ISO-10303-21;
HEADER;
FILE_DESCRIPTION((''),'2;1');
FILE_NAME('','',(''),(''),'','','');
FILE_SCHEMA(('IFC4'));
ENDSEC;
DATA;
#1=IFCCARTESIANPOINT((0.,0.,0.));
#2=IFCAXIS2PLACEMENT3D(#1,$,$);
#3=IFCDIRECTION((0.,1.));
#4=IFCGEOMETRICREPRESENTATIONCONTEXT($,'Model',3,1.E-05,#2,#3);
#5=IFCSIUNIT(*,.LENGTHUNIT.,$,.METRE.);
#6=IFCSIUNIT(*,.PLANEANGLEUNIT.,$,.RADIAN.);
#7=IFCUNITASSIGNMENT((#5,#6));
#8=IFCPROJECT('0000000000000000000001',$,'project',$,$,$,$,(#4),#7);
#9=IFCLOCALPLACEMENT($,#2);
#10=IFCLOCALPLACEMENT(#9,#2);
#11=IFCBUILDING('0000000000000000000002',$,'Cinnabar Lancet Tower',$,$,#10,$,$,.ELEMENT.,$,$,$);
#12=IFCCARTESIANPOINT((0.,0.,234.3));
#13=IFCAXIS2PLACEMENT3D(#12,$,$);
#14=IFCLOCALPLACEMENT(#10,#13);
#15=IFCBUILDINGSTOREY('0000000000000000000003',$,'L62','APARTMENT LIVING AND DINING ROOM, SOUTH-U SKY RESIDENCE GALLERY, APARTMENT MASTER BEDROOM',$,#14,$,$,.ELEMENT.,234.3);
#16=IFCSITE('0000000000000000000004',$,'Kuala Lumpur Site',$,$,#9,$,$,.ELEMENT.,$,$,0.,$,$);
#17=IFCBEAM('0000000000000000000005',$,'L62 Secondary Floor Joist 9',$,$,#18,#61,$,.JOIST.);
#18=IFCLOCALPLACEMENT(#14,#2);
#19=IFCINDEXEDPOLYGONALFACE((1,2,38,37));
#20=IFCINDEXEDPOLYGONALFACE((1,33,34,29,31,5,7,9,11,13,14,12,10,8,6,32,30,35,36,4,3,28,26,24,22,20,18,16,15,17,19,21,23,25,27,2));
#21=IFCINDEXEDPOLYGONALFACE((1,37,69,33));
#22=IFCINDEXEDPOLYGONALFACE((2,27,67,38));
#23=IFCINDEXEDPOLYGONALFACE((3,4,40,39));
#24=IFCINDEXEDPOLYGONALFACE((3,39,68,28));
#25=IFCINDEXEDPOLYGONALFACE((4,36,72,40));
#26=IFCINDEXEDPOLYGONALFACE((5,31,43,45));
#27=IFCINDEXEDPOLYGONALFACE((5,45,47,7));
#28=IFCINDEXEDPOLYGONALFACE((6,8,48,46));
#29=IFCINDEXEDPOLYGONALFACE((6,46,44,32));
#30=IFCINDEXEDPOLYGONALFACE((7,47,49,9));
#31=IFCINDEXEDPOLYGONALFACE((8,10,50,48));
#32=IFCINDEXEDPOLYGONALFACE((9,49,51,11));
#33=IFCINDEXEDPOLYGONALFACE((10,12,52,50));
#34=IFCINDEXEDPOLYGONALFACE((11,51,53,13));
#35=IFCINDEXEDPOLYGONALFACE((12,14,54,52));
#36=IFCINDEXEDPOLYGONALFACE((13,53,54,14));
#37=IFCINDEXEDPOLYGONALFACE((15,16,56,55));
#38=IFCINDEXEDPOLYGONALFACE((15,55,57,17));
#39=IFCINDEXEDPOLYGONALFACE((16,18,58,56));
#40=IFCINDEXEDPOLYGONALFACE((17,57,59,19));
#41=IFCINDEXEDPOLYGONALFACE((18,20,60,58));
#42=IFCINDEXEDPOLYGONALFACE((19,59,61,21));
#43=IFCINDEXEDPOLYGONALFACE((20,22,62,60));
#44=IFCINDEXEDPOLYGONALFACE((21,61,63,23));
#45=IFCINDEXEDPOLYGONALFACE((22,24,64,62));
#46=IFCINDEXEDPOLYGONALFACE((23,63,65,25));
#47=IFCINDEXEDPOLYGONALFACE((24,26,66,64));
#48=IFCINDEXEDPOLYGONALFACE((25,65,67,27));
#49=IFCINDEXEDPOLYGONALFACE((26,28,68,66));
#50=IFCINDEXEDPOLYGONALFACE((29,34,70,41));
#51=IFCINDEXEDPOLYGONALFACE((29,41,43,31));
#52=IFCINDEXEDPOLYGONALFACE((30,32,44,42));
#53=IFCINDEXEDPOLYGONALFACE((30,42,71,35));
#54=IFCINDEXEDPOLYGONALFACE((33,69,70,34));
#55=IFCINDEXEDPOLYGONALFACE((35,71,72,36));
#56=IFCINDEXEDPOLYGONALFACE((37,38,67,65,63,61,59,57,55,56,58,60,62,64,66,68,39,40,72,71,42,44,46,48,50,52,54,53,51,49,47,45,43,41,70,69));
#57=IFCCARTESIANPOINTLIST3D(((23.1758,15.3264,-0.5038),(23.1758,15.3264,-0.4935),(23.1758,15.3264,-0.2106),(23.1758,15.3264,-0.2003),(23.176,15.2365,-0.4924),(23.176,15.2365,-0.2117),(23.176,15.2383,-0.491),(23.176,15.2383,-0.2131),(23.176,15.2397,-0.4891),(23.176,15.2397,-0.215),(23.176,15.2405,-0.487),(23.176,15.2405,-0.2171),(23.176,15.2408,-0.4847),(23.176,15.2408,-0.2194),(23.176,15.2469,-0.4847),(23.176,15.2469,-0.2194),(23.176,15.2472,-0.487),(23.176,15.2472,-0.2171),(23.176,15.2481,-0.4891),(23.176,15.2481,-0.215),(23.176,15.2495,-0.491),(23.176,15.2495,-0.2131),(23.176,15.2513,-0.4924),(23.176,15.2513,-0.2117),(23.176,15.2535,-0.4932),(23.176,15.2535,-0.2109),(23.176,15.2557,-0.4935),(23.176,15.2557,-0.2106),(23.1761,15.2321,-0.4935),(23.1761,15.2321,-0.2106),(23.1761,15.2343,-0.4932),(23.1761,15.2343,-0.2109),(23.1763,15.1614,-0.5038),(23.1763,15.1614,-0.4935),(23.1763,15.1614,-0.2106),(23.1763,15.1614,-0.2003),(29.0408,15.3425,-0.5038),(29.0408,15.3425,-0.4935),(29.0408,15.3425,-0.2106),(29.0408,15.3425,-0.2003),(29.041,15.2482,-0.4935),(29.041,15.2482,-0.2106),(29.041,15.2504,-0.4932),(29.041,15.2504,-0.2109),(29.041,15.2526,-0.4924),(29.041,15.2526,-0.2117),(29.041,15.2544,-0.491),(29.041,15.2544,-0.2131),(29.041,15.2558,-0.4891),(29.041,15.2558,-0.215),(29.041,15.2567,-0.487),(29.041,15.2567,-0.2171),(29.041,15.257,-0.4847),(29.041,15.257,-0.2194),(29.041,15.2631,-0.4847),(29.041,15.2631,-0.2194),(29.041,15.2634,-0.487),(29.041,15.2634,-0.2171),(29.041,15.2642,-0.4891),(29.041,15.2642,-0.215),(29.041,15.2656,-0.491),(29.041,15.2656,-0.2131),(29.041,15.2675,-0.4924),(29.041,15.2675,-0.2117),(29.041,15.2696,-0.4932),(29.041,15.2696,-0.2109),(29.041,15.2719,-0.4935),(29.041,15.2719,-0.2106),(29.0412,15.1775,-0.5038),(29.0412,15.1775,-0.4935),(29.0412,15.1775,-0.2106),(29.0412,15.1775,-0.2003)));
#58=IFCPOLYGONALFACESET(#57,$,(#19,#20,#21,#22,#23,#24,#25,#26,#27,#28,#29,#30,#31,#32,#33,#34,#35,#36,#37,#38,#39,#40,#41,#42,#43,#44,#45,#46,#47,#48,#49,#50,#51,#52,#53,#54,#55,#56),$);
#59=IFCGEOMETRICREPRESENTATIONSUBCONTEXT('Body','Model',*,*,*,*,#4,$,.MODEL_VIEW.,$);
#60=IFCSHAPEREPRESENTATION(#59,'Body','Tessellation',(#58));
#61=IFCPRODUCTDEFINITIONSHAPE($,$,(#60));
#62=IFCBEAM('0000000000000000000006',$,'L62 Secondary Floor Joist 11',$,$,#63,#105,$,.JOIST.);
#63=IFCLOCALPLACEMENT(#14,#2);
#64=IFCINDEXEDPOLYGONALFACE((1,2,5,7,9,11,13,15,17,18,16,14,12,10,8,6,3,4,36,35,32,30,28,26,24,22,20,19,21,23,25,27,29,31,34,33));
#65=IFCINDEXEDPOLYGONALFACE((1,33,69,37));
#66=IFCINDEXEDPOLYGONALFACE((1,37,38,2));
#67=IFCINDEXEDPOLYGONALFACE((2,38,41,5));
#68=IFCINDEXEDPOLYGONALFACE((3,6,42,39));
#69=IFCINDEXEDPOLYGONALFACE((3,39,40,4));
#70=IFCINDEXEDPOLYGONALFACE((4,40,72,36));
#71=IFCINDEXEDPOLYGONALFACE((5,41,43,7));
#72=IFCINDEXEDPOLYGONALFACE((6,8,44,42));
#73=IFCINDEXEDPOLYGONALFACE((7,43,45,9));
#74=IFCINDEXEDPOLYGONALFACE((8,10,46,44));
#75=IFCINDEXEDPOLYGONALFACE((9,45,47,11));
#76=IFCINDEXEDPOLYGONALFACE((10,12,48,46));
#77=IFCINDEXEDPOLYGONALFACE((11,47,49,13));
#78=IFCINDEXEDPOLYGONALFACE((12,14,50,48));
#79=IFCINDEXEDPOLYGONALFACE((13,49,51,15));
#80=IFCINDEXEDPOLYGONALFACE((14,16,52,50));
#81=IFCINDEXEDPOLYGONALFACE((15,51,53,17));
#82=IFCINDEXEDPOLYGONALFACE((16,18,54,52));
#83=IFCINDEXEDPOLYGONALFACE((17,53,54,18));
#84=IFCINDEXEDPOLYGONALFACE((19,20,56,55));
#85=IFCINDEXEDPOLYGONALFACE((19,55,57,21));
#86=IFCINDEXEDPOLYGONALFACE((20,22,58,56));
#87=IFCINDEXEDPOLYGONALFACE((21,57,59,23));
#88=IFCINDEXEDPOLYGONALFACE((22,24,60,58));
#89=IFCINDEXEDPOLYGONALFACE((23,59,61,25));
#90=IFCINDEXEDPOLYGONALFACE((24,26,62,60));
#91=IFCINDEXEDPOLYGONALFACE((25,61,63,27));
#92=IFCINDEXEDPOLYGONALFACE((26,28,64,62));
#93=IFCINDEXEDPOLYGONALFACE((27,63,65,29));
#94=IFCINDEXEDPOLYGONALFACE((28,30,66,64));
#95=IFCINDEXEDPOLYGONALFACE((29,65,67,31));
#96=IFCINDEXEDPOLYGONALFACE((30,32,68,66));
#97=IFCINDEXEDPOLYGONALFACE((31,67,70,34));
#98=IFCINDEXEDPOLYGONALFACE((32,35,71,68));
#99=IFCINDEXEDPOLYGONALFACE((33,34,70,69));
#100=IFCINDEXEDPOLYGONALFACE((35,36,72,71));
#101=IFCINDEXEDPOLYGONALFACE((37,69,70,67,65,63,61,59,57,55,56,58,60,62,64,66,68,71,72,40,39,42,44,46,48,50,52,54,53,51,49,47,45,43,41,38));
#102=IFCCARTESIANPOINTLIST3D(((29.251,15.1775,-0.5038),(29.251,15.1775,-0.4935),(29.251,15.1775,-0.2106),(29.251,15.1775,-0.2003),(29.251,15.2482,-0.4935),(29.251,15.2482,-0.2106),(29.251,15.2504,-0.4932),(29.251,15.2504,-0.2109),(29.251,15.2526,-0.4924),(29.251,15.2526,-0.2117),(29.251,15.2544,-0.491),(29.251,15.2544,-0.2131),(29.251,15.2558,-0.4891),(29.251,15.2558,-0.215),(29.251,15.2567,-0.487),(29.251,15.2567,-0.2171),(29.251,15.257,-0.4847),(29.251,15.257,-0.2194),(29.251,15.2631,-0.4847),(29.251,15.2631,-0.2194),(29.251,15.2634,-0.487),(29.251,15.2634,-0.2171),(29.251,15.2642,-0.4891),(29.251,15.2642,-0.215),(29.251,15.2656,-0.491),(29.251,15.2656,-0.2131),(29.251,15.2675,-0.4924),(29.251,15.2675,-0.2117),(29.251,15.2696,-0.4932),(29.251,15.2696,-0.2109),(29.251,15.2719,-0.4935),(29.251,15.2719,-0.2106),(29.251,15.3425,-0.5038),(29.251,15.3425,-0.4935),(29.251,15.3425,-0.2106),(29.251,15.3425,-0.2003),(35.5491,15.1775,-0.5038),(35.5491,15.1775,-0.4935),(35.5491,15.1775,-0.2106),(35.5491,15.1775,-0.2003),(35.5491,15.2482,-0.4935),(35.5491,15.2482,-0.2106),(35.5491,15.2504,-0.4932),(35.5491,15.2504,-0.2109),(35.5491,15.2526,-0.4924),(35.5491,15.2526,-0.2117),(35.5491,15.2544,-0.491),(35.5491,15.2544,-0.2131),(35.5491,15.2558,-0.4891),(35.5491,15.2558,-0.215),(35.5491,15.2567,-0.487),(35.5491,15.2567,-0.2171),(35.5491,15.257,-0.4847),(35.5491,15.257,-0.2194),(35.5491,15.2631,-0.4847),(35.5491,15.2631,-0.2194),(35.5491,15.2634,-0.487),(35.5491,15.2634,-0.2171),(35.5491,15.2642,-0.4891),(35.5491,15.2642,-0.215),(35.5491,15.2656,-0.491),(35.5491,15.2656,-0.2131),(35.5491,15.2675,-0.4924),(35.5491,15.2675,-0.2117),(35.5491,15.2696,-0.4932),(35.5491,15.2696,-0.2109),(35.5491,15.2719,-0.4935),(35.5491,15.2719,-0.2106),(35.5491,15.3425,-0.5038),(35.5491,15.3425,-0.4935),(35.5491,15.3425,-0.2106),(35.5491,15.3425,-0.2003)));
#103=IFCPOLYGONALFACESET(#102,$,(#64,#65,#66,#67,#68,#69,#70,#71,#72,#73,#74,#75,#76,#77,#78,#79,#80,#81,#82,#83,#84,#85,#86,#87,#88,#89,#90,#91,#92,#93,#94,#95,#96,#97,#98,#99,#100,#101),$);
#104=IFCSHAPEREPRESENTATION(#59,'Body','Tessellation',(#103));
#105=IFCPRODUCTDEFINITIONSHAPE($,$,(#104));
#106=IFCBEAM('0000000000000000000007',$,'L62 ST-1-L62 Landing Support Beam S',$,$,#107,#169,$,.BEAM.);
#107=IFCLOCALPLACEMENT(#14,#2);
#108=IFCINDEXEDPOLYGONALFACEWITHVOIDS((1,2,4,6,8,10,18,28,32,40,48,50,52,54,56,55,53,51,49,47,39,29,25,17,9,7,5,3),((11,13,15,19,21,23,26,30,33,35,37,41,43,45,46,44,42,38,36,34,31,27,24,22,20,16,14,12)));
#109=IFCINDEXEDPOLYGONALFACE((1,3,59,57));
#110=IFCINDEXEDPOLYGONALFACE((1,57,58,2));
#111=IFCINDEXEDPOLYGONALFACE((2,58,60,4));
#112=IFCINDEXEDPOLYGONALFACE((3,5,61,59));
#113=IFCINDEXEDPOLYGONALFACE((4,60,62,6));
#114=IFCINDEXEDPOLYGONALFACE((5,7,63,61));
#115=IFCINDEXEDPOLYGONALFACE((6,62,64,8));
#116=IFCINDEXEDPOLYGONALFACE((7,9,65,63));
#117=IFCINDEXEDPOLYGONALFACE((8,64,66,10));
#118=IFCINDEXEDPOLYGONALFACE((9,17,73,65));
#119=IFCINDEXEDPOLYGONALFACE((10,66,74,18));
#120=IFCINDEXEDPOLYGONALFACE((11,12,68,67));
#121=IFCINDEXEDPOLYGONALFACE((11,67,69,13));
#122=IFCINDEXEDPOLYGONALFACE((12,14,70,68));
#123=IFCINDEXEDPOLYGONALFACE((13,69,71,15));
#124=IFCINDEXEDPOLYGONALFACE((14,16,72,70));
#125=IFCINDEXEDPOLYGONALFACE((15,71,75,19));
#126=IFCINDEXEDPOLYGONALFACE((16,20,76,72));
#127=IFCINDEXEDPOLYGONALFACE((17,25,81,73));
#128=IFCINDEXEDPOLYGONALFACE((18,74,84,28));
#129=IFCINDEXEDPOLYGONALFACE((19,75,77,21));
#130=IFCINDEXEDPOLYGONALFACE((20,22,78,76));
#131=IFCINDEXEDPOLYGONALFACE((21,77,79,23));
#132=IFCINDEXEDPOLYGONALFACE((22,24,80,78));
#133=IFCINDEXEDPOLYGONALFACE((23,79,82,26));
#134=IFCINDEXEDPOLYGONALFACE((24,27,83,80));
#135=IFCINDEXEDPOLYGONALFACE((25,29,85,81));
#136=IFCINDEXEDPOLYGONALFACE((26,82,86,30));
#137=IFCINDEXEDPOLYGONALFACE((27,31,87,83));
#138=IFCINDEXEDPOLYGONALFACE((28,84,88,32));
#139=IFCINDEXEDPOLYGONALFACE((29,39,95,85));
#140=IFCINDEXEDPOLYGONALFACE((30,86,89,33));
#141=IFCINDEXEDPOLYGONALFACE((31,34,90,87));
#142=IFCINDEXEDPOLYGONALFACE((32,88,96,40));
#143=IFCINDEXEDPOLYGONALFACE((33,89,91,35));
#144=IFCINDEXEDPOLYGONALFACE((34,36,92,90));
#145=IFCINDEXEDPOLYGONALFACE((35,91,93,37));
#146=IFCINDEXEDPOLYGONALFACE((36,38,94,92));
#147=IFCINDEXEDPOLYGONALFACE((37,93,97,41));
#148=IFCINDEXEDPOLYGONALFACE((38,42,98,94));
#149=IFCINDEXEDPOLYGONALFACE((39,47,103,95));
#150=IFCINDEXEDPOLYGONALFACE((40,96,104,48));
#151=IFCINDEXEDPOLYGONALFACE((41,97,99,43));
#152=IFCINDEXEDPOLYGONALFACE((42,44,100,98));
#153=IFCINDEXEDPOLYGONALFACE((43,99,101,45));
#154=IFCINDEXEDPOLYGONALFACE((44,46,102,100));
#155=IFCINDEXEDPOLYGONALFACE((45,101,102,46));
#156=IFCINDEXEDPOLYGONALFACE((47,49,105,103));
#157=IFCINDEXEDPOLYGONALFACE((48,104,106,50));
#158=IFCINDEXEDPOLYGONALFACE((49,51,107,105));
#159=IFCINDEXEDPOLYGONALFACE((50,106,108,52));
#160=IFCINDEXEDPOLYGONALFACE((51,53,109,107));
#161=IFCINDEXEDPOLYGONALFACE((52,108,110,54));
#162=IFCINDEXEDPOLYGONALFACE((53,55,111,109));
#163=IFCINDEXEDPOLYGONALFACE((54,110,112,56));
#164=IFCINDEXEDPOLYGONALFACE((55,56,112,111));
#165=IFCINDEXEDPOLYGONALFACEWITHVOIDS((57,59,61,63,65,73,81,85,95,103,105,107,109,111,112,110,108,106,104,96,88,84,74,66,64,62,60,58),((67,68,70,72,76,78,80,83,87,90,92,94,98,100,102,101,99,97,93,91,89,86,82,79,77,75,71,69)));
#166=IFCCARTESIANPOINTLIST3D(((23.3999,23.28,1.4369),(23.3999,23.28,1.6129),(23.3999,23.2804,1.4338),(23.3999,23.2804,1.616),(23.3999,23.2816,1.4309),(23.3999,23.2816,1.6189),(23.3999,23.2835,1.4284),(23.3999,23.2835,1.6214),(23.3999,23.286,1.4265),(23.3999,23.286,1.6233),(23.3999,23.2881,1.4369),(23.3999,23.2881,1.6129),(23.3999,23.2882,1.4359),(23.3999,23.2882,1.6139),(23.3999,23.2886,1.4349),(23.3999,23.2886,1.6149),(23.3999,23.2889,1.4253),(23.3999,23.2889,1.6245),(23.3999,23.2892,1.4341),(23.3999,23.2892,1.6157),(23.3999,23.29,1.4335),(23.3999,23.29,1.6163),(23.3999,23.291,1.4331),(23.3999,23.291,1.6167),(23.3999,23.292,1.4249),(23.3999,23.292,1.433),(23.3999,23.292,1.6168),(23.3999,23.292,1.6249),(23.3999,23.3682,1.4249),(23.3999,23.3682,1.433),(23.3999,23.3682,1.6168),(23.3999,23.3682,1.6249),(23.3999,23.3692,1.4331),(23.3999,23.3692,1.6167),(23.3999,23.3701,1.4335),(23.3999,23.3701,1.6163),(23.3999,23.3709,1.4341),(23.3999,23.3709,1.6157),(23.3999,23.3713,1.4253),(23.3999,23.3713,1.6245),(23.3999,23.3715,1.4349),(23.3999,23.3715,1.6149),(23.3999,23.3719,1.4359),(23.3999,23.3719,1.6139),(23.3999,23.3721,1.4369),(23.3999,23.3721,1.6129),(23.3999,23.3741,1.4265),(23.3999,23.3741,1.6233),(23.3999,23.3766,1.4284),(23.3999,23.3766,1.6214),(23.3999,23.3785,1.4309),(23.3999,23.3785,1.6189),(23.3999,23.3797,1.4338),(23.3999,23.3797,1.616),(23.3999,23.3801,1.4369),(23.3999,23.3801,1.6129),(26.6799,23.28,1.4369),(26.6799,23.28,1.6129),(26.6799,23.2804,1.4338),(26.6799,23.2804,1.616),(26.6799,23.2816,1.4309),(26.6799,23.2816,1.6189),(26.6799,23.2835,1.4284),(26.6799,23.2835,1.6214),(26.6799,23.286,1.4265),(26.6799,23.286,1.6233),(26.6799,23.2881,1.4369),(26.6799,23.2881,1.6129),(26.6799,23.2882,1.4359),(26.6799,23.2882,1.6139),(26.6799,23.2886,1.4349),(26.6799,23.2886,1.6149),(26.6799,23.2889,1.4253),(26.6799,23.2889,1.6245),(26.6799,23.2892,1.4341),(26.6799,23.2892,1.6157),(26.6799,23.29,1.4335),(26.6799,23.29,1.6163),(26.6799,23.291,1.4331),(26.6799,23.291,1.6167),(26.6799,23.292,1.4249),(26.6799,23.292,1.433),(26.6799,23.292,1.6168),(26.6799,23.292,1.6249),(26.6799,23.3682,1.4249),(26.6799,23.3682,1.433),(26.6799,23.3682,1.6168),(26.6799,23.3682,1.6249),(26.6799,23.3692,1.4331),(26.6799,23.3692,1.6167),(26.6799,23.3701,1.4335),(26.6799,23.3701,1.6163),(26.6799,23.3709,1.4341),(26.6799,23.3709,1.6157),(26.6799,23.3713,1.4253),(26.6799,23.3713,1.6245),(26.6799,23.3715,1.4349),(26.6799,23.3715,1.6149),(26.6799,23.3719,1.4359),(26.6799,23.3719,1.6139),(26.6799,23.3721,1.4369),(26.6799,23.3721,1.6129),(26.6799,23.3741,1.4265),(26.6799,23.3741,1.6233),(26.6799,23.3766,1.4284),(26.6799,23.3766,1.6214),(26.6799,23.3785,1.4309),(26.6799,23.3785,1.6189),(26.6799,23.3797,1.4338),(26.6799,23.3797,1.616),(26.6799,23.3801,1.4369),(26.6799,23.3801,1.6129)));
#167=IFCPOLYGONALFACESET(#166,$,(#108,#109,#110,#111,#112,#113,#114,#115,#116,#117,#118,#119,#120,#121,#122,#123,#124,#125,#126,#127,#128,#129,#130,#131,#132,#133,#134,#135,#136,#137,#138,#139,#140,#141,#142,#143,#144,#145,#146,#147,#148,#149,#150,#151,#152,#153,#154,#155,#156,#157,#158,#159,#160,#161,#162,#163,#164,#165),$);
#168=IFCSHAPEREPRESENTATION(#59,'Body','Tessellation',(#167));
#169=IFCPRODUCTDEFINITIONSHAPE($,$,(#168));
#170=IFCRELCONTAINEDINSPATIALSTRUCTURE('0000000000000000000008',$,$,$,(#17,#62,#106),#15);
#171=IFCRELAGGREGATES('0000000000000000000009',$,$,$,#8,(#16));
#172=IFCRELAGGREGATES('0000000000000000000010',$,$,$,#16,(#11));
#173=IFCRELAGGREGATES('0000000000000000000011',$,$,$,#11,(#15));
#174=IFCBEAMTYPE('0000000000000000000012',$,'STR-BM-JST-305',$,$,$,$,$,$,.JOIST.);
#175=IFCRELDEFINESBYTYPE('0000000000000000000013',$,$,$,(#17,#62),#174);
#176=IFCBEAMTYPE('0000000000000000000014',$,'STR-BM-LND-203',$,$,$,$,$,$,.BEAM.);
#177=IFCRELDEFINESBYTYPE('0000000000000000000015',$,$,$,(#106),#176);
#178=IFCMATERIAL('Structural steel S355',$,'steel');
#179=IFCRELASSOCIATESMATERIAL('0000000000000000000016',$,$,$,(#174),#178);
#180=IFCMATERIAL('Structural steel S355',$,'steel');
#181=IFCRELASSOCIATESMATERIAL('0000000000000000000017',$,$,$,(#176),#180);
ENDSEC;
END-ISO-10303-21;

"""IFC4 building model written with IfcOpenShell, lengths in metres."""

from ifc_helpers import new_model, si_unit, direction, frame, origin, origin_2d, place, context, subcontext, project, spatial, hollow_rectangle, i_section, extrude, material, material_profile, profile_set, type_object, element, save


model = new_model("IFC4")

# Units and contexts
model_context = context("Model", 3, precision=1e-05, world=origin(), true_north=direction((0.0, 1.0)))
body_context = subcontext(model_context, "Body", "Model", "MODEL_VIEW")
ifc_project = project(units=[si_unit("LENGTHUNIT", "METRE"), si_unit("PLANEANGLEUNIT", "RADIAN")], contexts=[model_context])

# Site, building, storey
site_placement = place(None, origin())
site = spatial("IfcSite", under=ifc_project, at=site_placement, Name="Kuala Lumpur Site", CompositionType="ELEMENT", RefElevation=0.0)
building_placement = place(site_placement, origin())
building = spatial("IfcBuilding", under=site, at=building_placement, Name="Cinnabar Lancet Tower", CompositionType="ELEMENT")
storey_placement = place(building_placement, frame((0.0, 0.0, 234.3)))
storey = spatial("IfcBuildingStorey", under=building, at=storey_placement, Name="L62", Description="APARTMENT LIVING AND DINING ROOM, SOUTH-U SKY RESIDENCE GALLERY, APARTMENT MASTER BEDROOM", CompositionType="ELEMENT", Elevation=234.3)

# Beams
ifc_material_1 = material(Name="Structural steel S355", Category="steel")
ifc_material_profile_1 = material_profile(ifc_material_1, i_section(OverallWidth=0.165, OverallDepth=0.3035, WebThickness=0.0061, FlangeThickness=0.0103, FilletRadius=0.0088, at=origin_2d()), Name="UKB 305x165x40")
ifc_profile_set_1 = profile_set([ifc_material_profile_1], Name="Structural steel S355")
beam_type_1 = type_object("IfcBeamType", Name="STR-BM-JST-305", PredefinedType="JOIST", material=ifc_profile_set_1)
beam_1_placement = place(storey_placement, frame((23.176, 15.2439, -0.3521), z_axis=(0.999996, 0.002747, 0.0), x_axis=(-0.002747, 0.999996, 0.0)))
element("IfcBeam", 1, at=beam_1_placement, inside=storey, type_object=beam_type_1, Name="L62 Secondary Floor Joist 9", PredefinedType="JOIST", context=body_context, shape_type="SweptSolid", body=[
    extrude(i_section(OverallWidth=0.165, OverallDepth=0.3035, WebThickness=0.0061, FlangeThickness=0.0103, FilletRadius=0.0088, at=origin_2d()), origin(), (0.0, 0.0, 1.0), 5.865),
])
beam_2_placement = place(storey_placement, frame((29.251, 15.26, -0.3521), z_axis=(1.0, 0.0, 0.0), x_axis=(0.0, 1.0, 0.0)))
element("IfcBeam", 2, at=beam_2_placement, inside=storey, type_object=beam_type_1, Name="L62 Secondary Floor Joist 11", PredefinedType="JOIST", context=body_context, shape_type="SweptSolid", body=[
    extrude(i_section(OverallWidth=0.165, OverallDepth=0.3035, WebThickness=0.0061, FlangeThickness=0.0103, FilletRadius=0.0088, at=origin_2d()), origin(), (0.0, 0.0, 1.0), 6.2981),
])
ifc_material_2 = material(Name="Structural steel S355", Category="steel")
ifc_material_profile_2 = material_profile(ifc_material_2, hollow_rectangle(XDim=0.1001, YDim=0.2, WallThickness=0.0081, InnerFilletRadius=0.0039, OuterFilletRadius=0.012, at=origin_2d()), Name="RHS 200x100x8")
ifc_profile_set_2 = profile_set([ifc_material_profile_2], Name="Structural steel S355")
beam_type_2 = type_object("IfcBeamType", Name="STR-BM-LND-203", PredefinedType="BEAM", material=ifc_profile_set_2)
beam_3_placement = place(storey_placement, frame((23.3999, 23.3301, 1.5249), z_axis=(1.0, 0.0, 0.0), x_axis=(0.0, 1.0, 0.0)))
element("IfcBeam", 3, at=beam_3_placement, inside=storey, type_object=beam_type_2, Name="L62 ST-1-L62 Landing Support Beam S", PredefinedType="BEAM", context=body_context, shape_type="SweptSolid", body=[
    extrude(hollow_rectangle(XDim=0.1001, YDim=0.2, WallThickness=0.0081, InnerFilletRadius=0.0039, OuterFilletRadius=0.012, at=origin_2d()), origin(), (0.0, 0.0, 1.0), 3.28),
])

save(model, "model.ifc")
